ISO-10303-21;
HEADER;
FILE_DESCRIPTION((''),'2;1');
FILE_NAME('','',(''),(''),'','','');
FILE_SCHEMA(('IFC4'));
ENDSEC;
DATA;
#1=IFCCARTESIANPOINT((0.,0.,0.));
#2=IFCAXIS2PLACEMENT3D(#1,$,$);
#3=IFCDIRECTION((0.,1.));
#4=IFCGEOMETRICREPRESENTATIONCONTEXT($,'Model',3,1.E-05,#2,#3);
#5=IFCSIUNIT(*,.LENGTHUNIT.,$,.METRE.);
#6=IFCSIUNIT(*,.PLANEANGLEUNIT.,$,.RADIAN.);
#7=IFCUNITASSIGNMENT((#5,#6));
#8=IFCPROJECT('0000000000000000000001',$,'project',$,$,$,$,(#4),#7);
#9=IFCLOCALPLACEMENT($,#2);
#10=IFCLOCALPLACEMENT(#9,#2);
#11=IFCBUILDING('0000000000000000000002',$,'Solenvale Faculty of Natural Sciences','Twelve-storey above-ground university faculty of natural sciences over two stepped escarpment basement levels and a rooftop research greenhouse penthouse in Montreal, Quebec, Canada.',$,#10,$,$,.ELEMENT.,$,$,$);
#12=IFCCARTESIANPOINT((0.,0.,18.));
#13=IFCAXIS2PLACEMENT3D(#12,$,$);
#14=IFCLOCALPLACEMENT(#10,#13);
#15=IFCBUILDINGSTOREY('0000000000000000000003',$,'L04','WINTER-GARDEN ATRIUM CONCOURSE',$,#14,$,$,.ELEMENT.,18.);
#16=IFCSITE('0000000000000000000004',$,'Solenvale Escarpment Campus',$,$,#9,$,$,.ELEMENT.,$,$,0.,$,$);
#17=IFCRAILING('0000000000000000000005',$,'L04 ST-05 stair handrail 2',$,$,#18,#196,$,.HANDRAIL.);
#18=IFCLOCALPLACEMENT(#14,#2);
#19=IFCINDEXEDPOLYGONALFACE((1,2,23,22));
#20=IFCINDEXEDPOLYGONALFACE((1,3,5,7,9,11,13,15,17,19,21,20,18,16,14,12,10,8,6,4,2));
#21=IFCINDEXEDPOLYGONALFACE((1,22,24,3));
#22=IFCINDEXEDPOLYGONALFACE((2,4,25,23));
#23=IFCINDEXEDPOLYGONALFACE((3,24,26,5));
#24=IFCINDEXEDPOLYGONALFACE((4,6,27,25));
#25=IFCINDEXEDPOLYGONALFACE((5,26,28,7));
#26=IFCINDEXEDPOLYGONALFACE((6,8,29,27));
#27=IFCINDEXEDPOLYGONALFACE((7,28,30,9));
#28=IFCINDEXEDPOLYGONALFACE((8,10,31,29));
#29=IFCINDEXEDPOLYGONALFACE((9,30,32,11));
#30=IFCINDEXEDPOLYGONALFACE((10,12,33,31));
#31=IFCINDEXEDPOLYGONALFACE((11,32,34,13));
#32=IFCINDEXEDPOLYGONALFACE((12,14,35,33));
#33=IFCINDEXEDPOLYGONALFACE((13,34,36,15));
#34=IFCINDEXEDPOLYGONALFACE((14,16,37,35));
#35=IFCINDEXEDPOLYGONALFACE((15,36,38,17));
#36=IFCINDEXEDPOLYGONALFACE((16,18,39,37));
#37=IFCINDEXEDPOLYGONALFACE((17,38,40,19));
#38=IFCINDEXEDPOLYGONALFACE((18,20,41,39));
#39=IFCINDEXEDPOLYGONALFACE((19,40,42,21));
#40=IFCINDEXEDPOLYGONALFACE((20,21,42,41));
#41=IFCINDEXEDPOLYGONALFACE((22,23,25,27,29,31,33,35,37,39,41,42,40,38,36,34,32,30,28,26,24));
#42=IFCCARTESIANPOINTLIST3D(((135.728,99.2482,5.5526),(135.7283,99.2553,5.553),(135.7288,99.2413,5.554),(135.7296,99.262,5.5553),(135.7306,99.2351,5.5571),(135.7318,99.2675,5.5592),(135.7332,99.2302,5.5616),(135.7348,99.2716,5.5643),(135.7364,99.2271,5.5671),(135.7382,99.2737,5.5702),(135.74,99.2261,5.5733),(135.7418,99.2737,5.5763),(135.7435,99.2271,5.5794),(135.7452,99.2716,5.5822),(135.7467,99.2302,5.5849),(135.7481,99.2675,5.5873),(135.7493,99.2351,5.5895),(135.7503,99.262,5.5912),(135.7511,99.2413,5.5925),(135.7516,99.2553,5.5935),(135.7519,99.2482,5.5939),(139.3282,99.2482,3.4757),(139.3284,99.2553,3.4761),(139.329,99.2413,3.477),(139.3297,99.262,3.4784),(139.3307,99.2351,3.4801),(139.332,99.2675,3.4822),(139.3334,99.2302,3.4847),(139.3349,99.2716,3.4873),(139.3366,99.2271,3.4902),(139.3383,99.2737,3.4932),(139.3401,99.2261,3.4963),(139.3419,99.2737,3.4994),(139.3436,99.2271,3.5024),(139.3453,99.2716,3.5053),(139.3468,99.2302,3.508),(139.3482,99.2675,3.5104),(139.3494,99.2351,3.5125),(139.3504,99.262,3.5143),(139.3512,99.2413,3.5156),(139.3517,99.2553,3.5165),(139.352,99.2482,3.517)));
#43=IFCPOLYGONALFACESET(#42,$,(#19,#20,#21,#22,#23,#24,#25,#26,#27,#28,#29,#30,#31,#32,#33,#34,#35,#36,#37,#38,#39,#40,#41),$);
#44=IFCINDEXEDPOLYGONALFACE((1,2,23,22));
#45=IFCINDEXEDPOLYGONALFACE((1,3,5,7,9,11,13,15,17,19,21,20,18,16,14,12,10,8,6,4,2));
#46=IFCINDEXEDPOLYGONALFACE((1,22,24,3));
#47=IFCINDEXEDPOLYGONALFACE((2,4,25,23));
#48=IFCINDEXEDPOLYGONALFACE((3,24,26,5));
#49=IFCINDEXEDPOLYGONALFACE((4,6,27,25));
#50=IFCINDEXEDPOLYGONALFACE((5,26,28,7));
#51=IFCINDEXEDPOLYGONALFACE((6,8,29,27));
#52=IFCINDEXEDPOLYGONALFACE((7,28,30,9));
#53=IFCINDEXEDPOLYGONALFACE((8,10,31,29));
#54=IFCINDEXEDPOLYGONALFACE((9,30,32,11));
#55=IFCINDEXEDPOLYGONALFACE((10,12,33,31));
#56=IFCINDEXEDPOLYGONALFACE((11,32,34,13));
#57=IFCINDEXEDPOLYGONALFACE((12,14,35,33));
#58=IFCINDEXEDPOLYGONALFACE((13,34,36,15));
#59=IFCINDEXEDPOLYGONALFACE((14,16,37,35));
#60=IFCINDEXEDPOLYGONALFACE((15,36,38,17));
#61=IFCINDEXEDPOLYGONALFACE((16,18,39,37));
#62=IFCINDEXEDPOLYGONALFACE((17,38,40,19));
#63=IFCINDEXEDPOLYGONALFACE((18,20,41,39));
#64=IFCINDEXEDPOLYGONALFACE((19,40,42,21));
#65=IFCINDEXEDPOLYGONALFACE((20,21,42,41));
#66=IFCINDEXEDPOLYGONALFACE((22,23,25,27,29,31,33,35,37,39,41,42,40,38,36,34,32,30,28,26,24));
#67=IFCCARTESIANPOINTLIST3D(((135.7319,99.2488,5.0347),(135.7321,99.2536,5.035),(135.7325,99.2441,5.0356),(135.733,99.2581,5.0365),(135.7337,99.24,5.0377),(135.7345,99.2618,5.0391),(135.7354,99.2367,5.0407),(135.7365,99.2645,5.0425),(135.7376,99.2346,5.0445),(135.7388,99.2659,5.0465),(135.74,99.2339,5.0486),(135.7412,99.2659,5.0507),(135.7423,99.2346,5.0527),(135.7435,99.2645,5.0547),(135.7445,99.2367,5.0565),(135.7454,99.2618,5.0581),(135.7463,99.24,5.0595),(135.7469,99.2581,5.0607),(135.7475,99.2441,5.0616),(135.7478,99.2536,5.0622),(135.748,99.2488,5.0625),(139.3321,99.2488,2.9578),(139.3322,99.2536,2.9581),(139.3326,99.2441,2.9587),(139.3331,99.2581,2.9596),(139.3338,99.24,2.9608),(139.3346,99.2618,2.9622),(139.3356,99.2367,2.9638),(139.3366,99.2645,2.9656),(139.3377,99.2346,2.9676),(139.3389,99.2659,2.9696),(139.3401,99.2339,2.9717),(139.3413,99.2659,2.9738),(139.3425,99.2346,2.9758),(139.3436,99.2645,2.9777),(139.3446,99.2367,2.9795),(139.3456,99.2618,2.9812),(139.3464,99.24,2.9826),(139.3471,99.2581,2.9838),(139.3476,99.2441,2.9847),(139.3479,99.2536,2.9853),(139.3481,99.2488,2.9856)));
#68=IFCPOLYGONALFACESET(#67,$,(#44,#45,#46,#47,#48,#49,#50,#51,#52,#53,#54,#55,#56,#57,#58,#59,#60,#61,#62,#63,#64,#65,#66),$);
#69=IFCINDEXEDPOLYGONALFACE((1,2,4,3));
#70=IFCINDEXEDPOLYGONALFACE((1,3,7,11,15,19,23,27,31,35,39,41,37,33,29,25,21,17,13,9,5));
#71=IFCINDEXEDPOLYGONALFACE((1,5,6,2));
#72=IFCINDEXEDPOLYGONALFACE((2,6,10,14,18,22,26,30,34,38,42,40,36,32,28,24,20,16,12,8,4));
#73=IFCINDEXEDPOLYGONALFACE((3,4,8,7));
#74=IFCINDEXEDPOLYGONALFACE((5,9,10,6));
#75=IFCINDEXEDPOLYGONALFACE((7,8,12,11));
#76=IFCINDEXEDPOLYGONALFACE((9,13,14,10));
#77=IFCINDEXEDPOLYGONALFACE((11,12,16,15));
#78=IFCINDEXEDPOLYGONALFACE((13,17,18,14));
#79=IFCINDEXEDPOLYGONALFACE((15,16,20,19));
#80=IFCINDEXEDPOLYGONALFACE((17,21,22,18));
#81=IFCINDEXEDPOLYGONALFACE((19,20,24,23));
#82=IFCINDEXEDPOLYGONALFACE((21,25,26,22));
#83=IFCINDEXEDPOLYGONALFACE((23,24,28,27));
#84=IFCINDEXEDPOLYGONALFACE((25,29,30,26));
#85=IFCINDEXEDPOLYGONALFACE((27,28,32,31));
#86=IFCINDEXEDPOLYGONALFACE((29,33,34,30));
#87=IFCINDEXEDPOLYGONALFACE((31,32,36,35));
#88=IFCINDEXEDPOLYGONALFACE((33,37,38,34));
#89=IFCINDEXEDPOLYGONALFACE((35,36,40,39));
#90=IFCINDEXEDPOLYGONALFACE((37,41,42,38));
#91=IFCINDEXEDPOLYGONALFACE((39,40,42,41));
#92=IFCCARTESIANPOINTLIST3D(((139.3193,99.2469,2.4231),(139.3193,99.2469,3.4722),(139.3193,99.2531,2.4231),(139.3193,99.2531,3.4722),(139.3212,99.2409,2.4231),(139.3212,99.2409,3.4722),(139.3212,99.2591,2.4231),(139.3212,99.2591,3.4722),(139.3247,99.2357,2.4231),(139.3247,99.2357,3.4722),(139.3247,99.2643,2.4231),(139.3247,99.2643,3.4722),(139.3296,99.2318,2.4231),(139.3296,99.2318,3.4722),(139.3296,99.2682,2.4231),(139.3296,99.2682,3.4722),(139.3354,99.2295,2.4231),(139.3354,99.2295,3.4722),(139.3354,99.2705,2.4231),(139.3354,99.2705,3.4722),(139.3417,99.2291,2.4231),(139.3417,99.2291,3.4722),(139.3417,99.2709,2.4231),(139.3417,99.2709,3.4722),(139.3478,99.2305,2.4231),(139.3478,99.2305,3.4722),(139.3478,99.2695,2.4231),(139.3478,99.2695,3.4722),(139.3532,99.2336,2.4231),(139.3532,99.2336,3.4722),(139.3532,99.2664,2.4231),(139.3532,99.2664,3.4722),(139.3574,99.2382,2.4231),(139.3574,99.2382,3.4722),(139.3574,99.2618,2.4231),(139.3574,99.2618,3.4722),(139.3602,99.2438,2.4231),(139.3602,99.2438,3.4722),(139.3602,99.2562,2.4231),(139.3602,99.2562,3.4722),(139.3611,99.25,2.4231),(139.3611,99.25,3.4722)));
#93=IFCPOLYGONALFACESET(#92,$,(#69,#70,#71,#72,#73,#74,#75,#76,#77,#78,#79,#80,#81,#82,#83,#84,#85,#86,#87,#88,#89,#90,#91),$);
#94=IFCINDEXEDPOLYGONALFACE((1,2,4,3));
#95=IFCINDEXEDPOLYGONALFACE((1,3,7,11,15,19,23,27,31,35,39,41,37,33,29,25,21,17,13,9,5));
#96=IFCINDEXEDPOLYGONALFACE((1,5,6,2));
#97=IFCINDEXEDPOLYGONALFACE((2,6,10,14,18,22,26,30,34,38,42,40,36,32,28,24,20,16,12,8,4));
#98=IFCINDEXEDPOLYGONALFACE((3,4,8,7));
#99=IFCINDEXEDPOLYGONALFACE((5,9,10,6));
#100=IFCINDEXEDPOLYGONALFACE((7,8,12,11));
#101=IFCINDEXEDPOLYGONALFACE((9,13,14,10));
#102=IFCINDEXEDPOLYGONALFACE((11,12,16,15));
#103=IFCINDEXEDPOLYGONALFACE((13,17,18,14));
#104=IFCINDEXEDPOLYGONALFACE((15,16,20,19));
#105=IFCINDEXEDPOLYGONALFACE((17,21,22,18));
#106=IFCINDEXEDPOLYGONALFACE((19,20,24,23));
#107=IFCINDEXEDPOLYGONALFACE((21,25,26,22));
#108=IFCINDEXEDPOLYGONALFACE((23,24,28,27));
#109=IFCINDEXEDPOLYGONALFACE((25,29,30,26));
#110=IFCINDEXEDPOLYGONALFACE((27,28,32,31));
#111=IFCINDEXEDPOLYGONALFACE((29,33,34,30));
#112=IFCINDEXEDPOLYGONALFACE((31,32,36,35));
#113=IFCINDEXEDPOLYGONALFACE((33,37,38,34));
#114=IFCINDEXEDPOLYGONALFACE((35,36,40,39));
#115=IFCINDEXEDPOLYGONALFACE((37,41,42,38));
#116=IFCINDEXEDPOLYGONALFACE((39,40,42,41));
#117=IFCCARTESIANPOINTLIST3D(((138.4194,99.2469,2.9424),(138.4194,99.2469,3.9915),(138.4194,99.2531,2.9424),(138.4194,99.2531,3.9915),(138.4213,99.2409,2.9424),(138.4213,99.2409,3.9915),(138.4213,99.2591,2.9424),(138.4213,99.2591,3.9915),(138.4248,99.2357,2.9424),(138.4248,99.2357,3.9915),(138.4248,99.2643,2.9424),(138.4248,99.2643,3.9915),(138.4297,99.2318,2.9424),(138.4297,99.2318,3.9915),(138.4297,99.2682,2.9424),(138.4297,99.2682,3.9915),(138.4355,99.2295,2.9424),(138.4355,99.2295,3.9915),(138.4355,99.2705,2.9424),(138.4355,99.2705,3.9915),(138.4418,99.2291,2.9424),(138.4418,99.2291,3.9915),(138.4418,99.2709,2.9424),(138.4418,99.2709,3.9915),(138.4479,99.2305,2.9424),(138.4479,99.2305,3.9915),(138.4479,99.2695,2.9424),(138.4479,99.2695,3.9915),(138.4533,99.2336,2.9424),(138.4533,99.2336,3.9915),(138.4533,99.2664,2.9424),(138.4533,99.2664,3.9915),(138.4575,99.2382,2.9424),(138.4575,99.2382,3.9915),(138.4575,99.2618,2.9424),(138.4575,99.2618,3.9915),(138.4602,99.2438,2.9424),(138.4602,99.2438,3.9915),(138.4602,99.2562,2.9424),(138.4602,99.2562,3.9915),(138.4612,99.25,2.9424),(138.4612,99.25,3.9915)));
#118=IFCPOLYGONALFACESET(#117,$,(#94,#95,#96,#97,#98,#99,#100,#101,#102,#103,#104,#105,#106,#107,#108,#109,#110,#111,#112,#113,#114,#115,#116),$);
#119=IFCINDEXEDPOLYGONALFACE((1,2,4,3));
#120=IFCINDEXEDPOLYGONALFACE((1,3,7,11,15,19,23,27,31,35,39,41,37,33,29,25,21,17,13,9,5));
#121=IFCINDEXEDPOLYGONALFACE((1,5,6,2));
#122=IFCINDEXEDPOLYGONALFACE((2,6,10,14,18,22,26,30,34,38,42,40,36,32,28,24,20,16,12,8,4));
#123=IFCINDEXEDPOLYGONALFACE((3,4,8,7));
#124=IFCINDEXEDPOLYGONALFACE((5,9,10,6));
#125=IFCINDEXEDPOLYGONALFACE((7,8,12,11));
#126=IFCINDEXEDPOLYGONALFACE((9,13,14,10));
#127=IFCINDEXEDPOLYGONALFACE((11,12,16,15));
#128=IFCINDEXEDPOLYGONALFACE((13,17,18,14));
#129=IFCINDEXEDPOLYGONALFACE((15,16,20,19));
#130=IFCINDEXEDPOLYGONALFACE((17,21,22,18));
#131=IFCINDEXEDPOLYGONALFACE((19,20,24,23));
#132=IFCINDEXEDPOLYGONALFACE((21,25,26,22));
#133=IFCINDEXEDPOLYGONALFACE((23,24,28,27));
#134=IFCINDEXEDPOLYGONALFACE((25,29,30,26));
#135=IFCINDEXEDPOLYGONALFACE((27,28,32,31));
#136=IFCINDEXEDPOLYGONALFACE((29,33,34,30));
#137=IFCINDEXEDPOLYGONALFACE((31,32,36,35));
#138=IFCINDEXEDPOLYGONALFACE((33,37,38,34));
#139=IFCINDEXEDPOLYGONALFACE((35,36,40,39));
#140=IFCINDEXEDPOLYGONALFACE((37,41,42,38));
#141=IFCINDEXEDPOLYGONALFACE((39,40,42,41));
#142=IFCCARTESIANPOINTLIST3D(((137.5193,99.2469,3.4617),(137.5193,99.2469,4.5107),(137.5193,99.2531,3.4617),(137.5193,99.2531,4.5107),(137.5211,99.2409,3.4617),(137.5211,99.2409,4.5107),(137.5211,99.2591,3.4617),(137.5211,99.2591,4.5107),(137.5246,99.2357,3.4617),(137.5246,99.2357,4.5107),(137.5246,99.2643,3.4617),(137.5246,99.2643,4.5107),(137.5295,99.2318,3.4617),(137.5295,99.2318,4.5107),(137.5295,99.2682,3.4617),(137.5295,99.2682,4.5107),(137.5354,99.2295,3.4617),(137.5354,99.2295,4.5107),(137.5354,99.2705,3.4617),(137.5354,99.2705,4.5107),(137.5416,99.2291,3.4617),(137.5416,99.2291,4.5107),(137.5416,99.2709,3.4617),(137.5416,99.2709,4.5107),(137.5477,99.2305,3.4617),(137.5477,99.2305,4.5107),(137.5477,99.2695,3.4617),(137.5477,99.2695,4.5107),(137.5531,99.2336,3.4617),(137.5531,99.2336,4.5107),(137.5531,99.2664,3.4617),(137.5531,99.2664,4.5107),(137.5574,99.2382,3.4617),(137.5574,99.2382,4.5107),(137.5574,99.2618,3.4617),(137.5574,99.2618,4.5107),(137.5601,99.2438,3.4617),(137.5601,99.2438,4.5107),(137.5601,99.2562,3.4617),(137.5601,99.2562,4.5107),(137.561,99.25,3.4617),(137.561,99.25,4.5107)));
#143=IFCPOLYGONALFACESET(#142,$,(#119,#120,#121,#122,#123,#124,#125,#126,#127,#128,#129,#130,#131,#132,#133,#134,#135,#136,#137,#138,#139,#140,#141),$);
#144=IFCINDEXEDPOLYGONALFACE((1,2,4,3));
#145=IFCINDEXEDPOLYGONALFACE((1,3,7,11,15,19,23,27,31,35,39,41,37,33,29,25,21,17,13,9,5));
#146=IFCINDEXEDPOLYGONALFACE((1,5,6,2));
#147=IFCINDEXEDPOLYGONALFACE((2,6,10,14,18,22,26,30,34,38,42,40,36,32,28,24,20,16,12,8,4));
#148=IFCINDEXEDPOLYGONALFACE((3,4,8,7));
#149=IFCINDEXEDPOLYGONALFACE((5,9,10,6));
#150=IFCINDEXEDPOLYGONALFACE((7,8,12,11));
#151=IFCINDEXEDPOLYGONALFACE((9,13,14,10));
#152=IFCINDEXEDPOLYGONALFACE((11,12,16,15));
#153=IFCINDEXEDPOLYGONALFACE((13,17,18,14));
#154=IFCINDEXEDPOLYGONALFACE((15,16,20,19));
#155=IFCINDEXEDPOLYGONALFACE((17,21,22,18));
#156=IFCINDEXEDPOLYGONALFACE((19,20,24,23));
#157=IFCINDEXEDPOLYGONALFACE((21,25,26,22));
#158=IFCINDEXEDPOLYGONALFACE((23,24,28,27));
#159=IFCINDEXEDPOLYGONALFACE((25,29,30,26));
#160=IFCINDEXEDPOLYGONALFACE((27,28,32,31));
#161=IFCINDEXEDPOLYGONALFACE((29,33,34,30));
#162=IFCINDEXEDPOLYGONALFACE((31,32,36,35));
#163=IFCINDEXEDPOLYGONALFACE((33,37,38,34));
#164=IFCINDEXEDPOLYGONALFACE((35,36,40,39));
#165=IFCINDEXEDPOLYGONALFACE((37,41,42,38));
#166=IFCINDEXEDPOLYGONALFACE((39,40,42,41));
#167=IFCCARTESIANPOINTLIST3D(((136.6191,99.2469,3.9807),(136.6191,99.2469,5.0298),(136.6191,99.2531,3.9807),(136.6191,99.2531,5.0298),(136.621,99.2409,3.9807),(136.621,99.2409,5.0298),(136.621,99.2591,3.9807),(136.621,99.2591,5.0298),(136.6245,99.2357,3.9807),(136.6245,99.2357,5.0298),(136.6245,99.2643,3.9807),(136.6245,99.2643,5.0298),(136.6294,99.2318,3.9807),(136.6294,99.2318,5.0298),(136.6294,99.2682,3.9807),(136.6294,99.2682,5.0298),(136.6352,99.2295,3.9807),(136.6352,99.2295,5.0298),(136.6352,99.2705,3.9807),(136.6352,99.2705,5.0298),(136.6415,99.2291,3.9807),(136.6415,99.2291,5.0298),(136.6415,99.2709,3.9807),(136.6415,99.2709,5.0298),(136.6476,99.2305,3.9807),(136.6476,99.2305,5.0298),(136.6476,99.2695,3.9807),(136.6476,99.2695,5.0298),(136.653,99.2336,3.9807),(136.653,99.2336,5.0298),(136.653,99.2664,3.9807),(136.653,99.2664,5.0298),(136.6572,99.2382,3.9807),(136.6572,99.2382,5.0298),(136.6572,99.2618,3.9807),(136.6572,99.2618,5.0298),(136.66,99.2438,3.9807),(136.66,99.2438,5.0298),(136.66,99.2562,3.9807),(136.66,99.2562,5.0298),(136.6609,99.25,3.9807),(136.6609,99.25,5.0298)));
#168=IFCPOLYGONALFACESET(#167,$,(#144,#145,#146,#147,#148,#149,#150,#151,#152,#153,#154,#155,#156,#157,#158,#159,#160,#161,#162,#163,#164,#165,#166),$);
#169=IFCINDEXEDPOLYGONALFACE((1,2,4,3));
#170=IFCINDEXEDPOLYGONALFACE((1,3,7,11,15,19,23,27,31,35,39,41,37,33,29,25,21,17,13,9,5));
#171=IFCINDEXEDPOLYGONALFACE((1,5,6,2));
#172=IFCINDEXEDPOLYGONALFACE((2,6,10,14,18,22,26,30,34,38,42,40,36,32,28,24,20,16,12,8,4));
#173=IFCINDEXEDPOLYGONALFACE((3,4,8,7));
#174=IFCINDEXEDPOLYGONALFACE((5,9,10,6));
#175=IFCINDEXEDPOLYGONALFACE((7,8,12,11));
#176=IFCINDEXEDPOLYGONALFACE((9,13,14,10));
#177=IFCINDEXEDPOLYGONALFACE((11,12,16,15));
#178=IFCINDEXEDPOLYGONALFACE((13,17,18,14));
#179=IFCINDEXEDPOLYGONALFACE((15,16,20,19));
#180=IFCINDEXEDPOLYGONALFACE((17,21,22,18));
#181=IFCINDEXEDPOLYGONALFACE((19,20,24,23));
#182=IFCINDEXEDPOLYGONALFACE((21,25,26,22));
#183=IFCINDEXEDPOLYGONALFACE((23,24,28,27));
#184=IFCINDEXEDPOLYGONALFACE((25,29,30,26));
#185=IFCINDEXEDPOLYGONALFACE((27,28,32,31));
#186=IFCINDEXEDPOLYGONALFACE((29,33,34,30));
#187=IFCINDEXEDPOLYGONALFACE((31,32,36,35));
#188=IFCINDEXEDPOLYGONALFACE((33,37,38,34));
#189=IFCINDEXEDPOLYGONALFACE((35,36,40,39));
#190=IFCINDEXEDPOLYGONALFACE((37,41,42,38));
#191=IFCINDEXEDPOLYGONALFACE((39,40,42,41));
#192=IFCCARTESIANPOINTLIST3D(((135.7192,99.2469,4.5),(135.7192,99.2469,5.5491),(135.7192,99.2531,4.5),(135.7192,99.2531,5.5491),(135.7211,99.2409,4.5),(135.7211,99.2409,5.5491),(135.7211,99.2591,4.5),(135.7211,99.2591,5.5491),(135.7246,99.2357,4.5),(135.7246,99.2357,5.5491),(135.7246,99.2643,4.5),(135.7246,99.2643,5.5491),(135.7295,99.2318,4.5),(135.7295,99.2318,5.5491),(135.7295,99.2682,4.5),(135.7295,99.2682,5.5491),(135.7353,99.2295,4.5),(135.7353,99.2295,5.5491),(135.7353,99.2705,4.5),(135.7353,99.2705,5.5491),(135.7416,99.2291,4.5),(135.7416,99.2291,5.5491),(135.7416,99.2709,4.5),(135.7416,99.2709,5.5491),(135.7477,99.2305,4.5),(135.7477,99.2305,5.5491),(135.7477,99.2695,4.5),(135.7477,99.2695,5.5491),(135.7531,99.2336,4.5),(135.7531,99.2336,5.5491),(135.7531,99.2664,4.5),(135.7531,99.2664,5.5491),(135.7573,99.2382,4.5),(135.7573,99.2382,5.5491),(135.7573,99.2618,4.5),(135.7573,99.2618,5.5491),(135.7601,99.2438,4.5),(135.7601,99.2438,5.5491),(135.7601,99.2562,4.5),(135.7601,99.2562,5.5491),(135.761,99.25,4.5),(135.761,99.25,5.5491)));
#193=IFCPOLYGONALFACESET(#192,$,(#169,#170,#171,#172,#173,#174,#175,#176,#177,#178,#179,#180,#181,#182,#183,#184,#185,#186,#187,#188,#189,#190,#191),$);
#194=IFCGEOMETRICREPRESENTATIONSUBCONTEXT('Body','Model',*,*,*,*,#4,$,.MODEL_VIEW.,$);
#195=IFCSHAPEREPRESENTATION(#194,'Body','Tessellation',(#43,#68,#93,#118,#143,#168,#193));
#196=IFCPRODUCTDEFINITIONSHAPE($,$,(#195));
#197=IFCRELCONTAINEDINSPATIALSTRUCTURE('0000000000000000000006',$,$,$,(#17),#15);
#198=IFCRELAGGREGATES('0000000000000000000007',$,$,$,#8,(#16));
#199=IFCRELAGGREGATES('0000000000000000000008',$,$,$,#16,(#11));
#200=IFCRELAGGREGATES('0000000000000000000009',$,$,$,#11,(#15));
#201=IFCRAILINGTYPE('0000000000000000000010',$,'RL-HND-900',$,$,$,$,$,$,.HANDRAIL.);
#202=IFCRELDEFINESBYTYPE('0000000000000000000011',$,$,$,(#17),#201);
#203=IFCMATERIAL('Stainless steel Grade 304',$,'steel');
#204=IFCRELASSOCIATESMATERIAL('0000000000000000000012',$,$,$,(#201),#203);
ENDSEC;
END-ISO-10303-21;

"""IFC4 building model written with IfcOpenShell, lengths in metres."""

from ifc_helpers import new_model, si_unit, direction, frame, origin, origin_2d, place, context, subcontext, project, spatial, circle, extrude, material, type_object, element, save


model = new_model("IFC4")

# Units and contexts
model_context = context("Model", 3, precision=1e-05, world=origin(), true_north=direction((0.0, 1.0)))
body_context = subcontext(model_context, "Body", "Model", "MODEL_VIEW")
ifc_project = project(units=[si_unit("LENGTHUNIT", "METRE"), si_unit("PLANEANGLEUNIT", "RADIAN")], contexts=[model_context])

# Site, building, storey
site_placement = place(None, origin())
site = spatial("IfcSite", under=ifc_project, at=site_placement, Name="Solenvale Escarpment Campus", CompositionType="ELEMENT", RefElevation=0.0)
building_placement = place(site_placement, origin())
building = spatial("IfcBuilding", under=site, at=building_placement, Name="Solenvale Faculty of Natural Sciences", Description="Twelve-storey above-ground university faculty of natural sciences over two stepped escarpment basement levels and a rooftop research greenhouse penthouse in Montreal, Quebec, Canada.", CompositionType="ELEMENT")
storey_placement = place(building_placement, frame((0.0, 0.0, 18.0)))
storey = spatial("IfcBuildingStorey", under=building, at=storey_placement, Name="L04", Description="WINTER-GARDEN ATRIUM CONCOURSE", CompositionType="ELEMENT", Elevation=18.0)

# Shared definitions
ifc_material_1 = material(Name="Stainless steel Grade 304", Category="steel")

# Railing
railing_type_1 = type_object("IfcRailingType", Name="RL-HND-900", PredefinedType="HANDRAIL", material=ifc_material_1)
railing_1_placement = place(storey_placement, frame((139.3401, 99.25, 2.4231)))
element("IfcRailing", 1, at=railing_1_placement, inside=storey, type_object=railing_type_1, Name="L04 ST-05 stair handrail 2", PredefinedType="HANDRAIL", context=body_context, shape_type="SweptSolid", body=[
    extrude(circle(Radius=0.0239, at=origin_2d()), frame((0.0, 0.0, 1.0732), z_axis=(-0.866193, 0.0, 0.499709), x_axis=(0.0, -1.0, 0.0)), (0.0, 0.0, 1.0), 4.1562),
    extrude(circle(Radius=0.0161, at=origin_2d()), frame((0.0, 0.0, 0.5486), z_axis=(-0.866193, 0.0, 0.499709), x_axis=(0.0, -1.0, 0.0)), (0.0, 0.0, 1.0), 4.1562),
    extrude(circle(Radius=0.021, at=origin_2d()), origin(), (0.0, 0.0, 1.0), 1.0491),
    extrude(circle(Radius=0.021, at=origin_2d()), frame((-0.8999, 0.0, 0.5193)), (0.0, 0.0, 1.0), 1.0491),
    extrude(circle(Radius=0.021, at=origin_2d()), frame((-1.8, 0.0, 1.0386)), (0.0, 0.0, 1.0), 1.0491),
    extrude(circle(Radius=0.021, at=origin_2d()), frame((-2.7002, 0.0, 1.5576)), (0.0, 0.0, 1.0), 1.0491),
    extrude(circle(Radius=0.021, at=origin_2d()), frame((-3.6001, 0.0, 2.0769)), (0.0, 0.0, 1.0), 1.0491),
])

save(model, "model.ifc")
